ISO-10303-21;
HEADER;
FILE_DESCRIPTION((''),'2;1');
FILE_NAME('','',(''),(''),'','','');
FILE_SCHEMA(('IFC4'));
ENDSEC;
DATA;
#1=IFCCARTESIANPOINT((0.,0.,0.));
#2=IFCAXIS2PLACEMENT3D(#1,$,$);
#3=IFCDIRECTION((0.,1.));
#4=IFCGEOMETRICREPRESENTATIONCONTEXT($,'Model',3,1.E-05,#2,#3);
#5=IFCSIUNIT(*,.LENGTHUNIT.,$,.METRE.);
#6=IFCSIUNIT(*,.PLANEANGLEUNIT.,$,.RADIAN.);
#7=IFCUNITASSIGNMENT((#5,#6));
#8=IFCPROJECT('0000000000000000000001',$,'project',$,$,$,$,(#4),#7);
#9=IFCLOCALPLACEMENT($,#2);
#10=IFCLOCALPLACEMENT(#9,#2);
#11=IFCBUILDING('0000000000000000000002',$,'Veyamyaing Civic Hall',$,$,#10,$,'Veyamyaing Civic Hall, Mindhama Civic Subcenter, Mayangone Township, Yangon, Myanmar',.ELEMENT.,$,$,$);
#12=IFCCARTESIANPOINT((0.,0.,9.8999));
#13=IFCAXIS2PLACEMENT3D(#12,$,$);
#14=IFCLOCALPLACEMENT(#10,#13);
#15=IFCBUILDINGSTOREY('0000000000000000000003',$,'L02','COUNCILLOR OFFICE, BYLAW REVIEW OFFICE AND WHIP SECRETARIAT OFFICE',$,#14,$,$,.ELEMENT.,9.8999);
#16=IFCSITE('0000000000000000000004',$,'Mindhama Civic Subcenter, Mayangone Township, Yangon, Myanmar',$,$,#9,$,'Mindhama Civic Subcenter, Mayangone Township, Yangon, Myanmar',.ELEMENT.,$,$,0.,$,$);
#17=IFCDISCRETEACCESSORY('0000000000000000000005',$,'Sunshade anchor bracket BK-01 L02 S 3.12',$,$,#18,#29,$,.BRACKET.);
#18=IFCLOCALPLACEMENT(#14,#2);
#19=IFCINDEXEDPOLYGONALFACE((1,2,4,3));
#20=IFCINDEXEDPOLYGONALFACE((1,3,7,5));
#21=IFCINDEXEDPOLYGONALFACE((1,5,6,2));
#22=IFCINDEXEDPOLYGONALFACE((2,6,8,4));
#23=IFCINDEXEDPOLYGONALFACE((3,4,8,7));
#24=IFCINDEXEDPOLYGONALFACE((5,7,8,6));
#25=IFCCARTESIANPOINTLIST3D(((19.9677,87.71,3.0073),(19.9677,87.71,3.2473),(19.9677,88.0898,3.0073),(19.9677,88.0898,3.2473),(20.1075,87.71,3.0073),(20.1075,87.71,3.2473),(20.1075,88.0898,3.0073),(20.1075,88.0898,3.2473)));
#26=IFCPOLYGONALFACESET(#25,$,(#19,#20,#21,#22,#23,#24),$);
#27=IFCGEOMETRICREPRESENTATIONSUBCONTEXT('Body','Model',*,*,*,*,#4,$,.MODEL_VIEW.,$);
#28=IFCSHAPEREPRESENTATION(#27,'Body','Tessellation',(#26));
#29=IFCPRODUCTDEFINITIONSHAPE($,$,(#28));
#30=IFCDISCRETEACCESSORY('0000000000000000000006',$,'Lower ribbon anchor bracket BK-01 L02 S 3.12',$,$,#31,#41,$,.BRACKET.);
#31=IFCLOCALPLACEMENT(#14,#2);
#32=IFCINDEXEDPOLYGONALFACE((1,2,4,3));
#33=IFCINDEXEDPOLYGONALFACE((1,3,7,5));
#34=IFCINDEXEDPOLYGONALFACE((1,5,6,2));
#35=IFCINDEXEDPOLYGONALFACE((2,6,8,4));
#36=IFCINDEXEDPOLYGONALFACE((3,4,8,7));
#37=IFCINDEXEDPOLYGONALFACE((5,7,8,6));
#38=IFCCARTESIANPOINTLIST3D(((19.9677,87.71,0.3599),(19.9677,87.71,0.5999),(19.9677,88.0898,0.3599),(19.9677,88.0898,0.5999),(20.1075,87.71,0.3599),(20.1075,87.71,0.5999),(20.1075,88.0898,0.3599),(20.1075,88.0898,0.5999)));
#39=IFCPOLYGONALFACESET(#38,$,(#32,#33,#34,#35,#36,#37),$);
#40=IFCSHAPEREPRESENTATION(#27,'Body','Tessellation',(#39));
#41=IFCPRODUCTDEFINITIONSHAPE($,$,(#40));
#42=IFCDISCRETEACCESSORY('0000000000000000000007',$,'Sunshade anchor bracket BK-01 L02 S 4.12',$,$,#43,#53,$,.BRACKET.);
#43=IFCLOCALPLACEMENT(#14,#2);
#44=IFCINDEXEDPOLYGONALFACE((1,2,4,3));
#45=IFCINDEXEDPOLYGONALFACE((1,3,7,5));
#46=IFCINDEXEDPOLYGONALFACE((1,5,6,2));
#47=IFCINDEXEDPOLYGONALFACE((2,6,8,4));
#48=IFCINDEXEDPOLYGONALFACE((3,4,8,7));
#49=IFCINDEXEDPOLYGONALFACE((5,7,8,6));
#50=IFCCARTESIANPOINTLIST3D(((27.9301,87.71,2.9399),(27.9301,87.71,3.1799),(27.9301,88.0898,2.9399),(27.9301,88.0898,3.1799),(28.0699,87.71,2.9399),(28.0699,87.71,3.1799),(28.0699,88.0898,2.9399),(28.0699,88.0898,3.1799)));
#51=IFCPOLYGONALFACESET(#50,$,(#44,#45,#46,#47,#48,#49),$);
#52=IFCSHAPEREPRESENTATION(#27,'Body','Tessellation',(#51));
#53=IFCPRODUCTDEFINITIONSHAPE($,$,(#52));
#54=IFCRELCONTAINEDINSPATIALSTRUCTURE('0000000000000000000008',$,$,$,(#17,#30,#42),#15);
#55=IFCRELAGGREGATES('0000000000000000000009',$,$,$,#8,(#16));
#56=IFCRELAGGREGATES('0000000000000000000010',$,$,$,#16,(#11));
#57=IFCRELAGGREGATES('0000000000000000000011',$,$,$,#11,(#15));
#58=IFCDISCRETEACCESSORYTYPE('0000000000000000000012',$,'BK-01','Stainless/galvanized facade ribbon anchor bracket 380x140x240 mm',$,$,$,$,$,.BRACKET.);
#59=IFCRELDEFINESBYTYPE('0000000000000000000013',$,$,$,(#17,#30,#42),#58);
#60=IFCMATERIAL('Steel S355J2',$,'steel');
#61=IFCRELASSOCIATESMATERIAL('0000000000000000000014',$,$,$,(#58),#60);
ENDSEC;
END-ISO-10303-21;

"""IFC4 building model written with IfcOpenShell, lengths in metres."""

from ifc_helpers import new_model, si_unit, direction, frame, origin, origin_2d, place, context, subcontext, project, spatial, rectangle, extrude, material, type_object, element, save


model = new_model("IFC4")

# Units and contexts
model_context = context("Model", 3, precision=1e-05, world=origin(), true_north=direction((0.0, 1.0)))
body_context = subcontext(model_context, "Body", "Model", "MODEL_VIEW")
ifc_project = project(units=[si_unit("LENGTHUNIT", "METRE"), si_unit("PLANEANGLEUNIT", "RADIAN")], contexts=[model_context])

# Site, building, storey
site_placement = place(None, origin())
site = spatial("IfcSite", under=ifc_project, at=site_placement, Name="Mindhama Civic Subcenter, Mayangone Township, Yangon, Myanmar", LongName="Mindhama Civic Subcenter, Mayangone Township, Yangon, Myanmar", CompositionType="ELEMENT", RefElevation=0.0)
building_placement = place(site_placement, origin())
building = spatial("IfcBuilding", under=site, at=building_placement, Name="Veyamyaing Civic Hall", LongName="Veyamyaing Civic Hall, Mindhama Civic Subcenter, Mayangone Township, Yangon, Myanmar", CompositionType="ELEMENT")
storey_placement = place(building_placement, frame((0.0, 0.0, 9.8999)))
storey = spatial("IfcBuildingStorey", under=building, at=storey_placement, Name="L02", Description="COUNCILLOR OFFICE, BYLAW REVIEW OFFICE AND WHIP SECRETARIAT OFFICE", CompositionType="ELEMENT", Elevation=9.8999)

# Discrete accessories
ifc_material_1 = material(Name="Steel S355J2", Category="steel")
discrete_accessory_type = type_object("IfcDiscreteAccessoryType", Name="BK-01", Description="Stainless/galvanized facade ribbon anchor bracket 380x140x240 mm", PredefinedType="BRACKET", material=ifc_material_1)
for number, where, z_axis, x_axis, name in (
    (1, (20.0376, 87.8999, 3.0073), (0.0, 0.0, 1.0), (0.0, -1.0, 0.0), "Sunshade anchor bracket BK-01 L02 S 3.12"),
    (2, (20.0376, 87.8999, 0.3599), (0.0, 0.0, 1.0), (0.0, -1.0, 0.0), "Lower ribbon anchor bracket BK-01 L02 S 3.12"),
    (3, (28.0, 87.8999, 2.9399), (0.0, 0.0, 1.0), (0.0, -1.0, 0.0), "Sunshade anchor bracket BK-01 L02 S 4.12"),
):
    element("IfcDiscreteAccessory", number, at=place(storey_placement, frame(where, z_axis=z_axis, x_axis=x_axis)), inside=storey, type_object=discrete_accessory_type, Name=name, PredefinedType="BRACKET", context=body_context, shape_type="SweptSolid", body=[
        extrude(rectangle(XDim=0.3799, YDim=0.1399, at=origin_2d()), origin(), (0.0, 0.0, 1.0), 0.24),
    ])

save(model, "model.ifc")
